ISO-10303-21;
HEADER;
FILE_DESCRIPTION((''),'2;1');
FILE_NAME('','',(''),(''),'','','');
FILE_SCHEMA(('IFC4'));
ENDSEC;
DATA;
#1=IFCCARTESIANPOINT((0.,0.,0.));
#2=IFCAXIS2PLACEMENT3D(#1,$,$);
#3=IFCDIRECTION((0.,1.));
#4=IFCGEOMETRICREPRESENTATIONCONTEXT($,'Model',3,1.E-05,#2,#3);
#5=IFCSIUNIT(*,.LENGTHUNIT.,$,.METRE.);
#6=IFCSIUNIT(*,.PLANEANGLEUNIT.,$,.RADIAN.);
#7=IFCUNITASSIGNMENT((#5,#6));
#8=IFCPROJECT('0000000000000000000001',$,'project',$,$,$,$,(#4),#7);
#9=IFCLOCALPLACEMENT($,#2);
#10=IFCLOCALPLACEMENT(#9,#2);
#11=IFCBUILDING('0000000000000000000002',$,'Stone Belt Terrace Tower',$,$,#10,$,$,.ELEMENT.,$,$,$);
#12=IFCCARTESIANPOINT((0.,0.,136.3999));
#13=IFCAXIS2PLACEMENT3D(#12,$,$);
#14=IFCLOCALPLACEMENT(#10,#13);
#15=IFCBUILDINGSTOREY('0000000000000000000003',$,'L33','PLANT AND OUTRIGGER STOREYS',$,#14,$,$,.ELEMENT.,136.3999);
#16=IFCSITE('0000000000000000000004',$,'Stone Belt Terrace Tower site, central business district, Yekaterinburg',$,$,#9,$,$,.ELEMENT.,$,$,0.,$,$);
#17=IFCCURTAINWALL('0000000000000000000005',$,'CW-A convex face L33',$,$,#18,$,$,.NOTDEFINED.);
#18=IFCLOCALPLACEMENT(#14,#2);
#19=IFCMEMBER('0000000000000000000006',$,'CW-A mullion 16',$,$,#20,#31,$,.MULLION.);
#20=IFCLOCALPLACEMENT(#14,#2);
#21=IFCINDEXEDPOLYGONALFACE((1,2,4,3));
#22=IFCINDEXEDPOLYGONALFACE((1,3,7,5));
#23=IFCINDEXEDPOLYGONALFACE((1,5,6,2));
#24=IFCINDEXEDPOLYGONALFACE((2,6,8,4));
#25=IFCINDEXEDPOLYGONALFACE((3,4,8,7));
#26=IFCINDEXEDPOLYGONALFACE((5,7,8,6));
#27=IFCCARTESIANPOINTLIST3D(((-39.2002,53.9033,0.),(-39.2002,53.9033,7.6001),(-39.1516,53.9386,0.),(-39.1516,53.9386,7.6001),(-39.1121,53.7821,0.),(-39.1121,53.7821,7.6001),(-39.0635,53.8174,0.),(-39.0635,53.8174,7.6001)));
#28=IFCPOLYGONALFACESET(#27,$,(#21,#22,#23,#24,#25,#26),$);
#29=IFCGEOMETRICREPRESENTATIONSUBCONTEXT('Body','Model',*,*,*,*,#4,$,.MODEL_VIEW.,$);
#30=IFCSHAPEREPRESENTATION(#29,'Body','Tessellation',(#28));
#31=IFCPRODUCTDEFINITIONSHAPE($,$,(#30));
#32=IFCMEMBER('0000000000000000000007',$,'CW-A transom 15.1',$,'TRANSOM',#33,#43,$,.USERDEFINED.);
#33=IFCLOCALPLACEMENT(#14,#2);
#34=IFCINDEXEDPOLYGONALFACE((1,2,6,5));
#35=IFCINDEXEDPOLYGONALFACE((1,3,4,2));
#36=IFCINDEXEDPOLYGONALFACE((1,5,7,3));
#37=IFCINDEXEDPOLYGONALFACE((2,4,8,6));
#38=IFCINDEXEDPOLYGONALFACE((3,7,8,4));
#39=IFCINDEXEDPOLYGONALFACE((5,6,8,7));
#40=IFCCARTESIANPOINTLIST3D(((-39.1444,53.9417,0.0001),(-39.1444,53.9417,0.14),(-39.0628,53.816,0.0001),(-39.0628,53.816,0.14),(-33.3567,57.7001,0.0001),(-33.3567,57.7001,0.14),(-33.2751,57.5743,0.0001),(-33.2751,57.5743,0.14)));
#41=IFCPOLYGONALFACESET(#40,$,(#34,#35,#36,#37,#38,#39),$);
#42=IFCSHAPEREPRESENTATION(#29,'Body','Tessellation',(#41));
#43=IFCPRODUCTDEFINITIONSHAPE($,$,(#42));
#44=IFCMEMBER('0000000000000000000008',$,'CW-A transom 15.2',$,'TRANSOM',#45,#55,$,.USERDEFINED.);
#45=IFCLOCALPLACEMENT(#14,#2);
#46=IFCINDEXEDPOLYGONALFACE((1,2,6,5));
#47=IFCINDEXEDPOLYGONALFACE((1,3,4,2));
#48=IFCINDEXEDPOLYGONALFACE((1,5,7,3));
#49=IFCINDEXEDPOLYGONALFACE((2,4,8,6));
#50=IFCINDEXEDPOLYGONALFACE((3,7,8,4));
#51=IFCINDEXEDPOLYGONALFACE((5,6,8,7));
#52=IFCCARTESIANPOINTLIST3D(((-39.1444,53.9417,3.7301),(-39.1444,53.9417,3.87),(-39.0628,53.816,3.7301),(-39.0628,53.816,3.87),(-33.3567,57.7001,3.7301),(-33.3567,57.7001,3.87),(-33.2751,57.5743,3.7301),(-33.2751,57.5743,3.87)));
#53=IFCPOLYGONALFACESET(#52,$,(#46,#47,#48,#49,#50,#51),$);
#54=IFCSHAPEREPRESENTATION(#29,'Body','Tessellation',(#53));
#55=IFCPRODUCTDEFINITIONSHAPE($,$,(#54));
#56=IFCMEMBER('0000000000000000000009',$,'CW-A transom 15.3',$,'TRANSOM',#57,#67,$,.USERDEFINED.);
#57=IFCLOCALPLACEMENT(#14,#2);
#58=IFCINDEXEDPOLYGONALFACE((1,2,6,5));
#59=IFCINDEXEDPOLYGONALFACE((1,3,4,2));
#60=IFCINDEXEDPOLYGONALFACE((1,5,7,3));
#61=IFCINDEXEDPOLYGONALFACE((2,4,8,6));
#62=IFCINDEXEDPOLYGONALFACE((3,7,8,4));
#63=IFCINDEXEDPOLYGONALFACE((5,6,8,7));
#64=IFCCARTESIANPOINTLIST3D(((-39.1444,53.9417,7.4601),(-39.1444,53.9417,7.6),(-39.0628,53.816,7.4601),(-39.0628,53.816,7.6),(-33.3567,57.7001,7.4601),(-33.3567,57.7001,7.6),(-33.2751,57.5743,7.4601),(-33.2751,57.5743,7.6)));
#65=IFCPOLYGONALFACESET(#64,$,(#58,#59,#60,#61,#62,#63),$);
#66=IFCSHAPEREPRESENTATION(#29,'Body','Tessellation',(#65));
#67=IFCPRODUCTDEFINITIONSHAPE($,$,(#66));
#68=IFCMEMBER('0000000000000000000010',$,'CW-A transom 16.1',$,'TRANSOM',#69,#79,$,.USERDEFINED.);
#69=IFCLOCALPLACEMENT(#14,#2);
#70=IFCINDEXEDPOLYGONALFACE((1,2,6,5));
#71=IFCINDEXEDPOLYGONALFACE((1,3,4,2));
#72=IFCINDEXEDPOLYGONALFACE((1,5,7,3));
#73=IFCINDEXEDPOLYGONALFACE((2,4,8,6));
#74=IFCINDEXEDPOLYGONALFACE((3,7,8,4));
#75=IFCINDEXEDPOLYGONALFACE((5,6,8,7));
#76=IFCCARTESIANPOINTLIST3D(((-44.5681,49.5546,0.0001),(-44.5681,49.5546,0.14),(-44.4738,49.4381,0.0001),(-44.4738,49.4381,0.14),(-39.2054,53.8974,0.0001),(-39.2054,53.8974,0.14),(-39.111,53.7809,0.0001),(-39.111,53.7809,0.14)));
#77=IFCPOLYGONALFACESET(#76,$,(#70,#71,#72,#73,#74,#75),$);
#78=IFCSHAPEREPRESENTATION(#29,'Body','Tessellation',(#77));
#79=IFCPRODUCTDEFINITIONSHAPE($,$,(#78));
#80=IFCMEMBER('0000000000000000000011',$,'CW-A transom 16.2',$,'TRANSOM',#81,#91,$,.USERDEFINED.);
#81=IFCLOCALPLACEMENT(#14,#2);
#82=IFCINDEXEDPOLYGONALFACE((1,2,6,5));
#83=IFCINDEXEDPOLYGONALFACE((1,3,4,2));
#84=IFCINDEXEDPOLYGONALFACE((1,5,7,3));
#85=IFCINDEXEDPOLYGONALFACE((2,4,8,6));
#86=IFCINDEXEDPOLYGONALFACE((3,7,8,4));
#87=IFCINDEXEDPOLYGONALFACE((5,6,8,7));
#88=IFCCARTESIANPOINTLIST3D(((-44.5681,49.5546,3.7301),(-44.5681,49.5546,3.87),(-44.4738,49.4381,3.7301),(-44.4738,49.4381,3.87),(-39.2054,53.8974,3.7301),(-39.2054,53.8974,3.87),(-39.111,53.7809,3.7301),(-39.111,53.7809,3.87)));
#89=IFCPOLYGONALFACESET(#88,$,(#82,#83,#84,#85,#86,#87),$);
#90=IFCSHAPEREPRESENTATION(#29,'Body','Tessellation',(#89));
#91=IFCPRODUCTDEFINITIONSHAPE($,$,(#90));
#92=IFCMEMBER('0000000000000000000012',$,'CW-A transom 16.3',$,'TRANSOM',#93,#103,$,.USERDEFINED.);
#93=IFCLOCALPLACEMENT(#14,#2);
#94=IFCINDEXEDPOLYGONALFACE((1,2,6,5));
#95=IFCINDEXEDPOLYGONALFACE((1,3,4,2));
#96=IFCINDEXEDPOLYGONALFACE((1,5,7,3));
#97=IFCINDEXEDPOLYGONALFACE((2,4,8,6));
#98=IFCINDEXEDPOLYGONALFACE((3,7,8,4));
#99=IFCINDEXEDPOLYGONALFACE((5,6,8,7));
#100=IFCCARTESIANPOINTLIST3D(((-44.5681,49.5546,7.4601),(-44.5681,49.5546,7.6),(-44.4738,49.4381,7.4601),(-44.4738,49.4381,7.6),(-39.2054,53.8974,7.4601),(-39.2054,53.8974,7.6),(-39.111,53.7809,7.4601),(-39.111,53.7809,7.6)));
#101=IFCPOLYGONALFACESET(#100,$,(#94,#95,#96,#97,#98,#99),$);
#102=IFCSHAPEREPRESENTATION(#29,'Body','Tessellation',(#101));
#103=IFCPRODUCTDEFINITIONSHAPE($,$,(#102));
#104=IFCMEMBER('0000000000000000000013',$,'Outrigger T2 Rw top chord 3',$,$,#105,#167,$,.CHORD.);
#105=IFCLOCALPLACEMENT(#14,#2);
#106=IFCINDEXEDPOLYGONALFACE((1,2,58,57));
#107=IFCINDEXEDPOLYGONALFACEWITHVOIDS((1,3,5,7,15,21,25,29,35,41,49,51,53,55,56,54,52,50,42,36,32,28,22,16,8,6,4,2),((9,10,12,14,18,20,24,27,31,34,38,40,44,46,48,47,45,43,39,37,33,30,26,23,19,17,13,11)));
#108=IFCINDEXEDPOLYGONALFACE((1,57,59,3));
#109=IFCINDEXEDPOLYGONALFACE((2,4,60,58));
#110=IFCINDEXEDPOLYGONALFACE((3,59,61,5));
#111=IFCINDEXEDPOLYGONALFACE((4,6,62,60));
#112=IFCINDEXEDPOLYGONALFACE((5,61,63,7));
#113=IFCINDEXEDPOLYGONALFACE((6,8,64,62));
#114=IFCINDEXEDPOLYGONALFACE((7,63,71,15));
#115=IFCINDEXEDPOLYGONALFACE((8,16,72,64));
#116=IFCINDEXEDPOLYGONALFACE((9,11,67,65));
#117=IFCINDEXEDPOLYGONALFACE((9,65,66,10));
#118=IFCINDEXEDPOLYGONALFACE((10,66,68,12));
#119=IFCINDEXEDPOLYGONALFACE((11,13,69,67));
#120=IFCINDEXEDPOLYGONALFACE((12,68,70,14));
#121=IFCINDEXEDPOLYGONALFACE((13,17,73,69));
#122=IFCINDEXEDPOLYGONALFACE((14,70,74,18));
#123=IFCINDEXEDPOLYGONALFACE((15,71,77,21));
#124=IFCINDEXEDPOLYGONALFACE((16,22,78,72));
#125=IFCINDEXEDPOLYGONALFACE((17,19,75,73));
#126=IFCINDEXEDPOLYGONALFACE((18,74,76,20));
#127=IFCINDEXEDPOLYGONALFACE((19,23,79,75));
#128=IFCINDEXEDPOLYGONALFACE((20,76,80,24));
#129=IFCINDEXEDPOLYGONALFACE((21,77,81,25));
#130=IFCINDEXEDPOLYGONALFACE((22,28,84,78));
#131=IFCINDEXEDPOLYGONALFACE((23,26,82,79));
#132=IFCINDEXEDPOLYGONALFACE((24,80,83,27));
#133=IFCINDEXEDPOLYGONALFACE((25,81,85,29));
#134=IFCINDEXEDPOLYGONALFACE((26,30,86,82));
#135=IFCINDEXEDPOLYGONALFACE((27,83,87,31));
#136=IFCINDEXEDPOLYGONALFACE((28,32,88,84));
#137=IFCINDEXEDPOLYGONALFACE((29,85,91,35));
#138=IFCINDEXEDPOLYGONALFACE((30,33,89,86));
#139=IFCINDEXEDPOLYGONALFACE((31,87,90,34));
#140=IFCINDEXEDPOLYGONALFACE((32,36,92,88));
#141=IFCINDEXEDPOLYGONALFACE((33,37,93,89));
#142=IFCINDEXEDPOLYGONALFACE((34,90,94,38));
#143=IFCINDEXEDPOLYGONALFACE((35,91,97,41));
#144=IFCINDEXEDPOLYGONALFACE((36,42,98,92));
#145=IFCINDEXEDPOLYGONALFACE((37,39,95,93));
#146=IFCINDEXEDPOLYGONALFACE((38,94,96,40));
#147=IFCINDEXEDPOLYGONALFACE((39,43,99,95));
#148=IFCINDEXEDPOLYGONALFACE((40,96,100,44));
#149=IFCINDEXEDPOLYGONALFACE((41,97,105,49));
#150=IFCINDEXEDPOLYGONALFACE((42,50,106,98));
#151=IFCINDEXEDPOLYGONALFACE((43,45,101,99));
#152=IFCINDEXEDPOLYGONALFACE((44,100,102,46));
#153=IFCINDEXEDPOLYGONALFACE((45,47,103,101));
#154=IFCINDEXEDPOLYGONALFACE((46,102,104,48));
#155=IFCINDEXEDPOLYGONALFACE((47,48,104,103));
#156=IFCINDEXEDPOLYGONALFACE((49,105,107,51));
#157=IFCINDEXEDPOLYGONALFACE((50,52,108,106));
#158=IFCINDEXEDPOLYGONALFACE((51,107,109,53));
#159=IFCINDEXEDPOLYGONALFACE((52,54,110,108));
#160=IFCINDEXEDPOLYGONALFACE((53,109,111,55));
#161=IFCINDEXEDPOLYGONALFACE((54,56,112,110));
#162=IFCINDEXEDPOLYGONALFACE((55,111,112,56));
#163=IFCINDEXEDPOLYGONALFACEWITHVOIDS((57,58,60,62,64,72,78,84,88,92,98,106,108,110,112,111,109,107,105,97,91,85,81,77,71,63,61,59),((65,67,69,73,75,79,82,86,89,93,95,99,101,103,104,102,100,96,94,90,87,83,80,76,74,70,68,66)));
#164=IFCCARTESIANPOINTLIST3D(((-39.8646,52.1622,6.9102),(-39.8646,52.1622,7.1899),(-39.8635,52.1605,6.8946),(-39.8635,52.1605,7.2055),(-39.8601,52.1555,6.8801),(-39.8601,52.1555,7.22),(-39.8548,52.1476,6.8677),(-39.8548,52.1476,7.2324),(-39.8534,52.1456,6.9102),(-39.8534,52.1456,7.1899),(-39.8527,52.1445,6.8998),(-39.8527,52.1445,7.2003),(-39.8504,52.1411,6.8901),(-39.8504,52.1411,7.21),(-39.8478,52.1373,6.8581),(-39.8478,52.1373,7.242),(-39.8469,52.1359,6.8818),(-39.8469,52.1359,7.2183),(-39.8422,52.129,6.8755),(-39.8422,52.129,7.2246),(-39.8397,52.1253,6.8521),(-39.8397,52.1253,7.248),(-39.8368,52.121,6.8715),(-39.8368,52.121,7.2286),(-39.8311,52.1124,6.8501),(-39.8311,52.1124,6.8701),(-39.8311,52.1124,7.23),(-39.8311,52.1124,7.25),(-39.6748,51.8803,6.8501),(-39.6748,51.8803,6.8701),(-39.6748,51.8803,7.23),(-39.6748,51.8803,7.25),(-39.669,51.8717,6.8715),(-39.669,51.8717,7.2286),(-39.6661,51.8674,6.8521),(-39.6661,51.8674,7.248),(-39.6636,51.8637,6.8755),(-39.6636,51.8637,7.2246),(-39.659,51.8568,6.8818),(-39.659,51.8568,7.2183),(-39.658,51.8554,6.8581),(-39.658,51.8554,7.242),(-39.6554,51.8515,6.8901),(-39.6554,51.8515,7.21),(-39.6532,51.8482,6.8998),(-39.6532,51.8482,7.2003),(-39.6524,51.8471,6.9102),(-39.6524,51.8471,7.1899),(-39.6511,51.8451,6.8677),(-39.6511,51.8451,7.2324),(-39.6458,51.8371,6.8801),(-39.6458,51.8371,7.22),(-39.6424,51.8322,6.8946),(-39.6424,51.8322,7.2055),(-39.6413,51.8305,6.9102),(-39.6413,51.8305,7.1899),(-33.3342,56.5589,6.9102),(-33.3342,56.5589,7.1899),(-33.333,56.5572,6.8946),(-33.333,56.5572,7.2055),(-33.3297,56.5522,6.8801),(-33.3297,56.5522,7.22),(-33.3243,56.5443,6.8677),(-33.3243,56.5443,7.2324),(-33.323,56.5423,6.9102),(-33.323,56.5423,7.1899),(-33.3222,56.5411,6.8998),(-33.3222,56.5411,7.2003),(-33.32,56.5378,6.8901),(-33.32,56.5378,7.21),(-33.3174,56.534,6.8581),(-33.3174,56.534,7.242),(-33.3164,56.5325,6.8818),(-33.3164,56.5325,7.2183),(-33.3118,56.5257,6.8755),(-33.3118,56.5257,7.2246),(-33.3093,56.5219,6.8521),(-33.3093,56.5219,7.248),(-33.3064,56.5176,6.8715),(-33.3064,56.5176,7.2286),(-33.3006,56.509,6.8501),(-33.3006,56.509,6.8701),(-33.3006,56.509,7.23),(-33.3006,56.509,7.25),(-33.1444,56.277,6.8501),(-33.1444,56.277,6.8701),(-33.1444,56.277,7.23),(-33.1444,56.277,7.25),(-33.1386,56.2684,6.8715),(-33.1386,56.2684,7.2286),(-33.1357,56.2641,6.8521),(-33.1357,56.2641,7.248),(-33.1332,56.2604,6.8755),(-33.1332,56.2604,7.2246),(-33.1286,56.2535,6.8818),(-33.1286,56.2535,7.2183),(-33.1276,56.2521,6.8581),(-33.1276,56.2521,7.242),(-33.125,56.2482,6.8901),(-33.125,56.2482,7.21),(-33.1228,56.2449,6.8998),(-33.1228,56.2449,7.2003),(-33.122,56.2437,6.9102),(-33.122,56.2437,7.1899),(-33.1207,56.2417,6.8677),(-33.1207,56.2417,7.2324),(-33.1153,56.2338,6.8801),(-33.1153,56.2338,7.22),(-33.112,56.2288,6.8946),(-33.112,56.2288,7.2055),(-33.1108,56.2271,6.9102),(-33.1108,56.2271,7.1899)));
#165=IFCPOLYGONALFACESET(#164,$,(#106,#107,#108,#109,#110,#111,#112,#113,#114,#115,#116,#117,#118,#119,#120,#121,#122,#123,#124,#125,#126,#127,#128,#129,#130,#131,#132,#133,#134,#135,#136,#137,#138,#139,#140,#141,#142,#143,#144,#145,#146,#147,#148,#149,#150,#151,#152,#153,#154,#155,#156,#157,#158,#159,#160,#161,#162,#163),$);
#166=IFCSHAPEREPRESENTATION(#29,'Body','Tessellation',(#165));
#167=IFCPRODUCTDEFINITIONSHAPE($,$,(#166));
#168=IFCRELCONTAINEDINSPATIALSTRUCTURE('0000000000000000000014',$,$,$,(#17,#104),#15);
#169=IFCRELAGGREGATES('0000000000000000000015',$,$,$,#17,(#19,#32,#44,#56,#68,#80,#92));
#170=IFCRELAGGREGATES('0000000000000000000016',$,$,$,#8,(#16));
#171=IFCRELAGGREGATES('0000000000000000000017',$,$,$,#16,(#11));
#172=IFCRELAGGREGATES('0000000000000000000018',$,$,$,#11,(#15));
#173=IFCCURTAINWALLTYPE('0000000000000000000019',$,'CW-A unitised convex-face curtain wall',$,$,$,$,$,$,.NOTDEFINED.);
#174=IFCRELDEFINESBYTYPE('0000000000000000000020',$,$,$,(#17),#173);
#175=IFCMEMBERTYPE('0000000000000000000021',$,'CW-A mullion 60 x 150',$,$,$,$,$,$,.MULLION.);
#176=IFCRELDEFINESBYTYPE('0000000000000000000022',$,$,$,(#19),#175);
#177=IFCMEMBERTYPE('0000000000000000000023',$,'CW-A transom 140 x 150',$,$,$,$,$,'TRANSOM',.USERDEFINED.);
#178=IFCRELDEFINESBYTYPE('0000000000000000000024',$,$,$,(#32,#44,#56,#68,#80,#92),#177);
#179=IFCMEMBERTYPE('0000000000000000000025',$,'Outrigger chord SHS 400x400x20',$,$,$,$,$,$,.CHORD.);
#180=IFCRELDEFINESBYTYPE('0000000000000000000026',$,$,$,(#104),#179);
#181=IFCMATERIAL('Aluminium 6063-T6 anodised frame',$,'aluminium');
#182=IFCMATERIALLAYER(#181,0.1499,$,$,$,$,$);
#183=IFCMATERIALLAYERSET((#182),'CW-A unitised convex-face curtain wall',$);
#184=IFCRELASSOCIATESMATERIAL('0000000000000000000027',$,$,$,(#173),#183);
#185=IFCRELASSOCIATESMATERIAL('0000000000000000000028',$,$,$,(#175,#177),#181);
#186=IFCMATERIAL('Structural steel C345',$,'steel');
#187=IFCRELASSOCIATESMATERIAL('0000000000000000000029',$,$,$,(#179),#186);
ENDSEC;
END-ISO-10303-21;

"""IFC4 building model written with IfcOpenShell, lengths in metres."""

from ifc_helpers import new_model, si_unit, direction, frame, origin, origin_2d, place, context, subcontext, project, spatial, rectangle, hollow_rectangle, extrude, material, layer, layer_set, material_profile, profile_set, type_object, element, aggregate, save


model = new_model("IFC4")

# Units and contexts
model_context = context("Model", 3, precision=1e-05, world=origin(), true_north=direction((0.0, 1.0)))
body_context = subcontext(model_context, "Body", "Model", "MODEL_VIEW")
ifc_project = project(units=[si_unit("LENGTHUNIT", "METRE"), si_unit("PLANEANGLEUNIT", "RADIAN")], contexts=[model_context])

# Site, building, storey
site_placement = place(None, origin())
site = spatial("IfcSite", under=ifc_project, at=site_placement, Name="Stone Belt Terrace Tower site, central business district, Yekaterinburg", CompositionType="ELEMENT", RefElevation=0.0)
building_placement = place(site_placement, origin())
building = spatial("IfcBuilding", under=site, at=building_placement, Name="Stone Belt Terrace Tower", CompositionType="ELEMENT")
storey_placement = place(building_placement, frame((0.0, 0.0, 136.3999)))
storey = spatial("IfcBuildingStorey", under=building, at=storey_placement, Name="L33", Description="PLANT AND OUTRIGGER STOREYS", CompositionType="ELEMENT", Elevation=136.3999)

# Curtain wall, members
ifc_material_1 = material(Name="Aluminium 6063-T6 anodised frame", Category="aluminium")
ifc_layer_1 = layer(ifc_material_1, 0.1499)
ifc_layer_set_1 = layer_set([ifc_layer_1], Name="CW-A unitised convex-face curtain wall")
curtain_wall_type = type_object("IfcCurtainWallType", Name="CW-A unitised convex-face curtain wall", PredefinedType="NOTDEFINED", material=ifc_layer_set_1)
curtain_wall_placement = place(storey_placement, origin())
curtain_wall = element("IfcCurtainWall", 1, at=curtain_wall_placement, inside=storey, type_object=curtain_wall_type, Name="CW-A convex face L33", PredefinedType="NOTDEFINED")
ifc_material_profile_1 = material_profile(ifc_material_1, rectangle(XDim=0.1499, YDim=0.0601, at=origin_2d()), Name="Aluminium 6063-T6 60x150")
ifc_profile_set_1 = profile_set([ifc_material_profile_1], Name="Aluminium 6063-T6 anodised frame")
member_type_1 = type_object("IfcMemberType", Name="CW-A mullion 60 x 150", PredefinedType="MULLION", material=ifc_profile_set_1)
member_1_placement = place(storey_placement, frame((-39.1318, 53.8604, 0.0), z_axis=(0.0, 0.0, 1.0), x_axis=(0.587785, -0.809017, 0.0)))
member_1 = element("IfcMember", 2, at=member_1_placement, type_object=member_type_1, Name="CW-A mullion 16", PredefinedType="MULLION", context=body_context, shape_type="SweptSolid", body=[
    extrude(rectangle(XDim=0.1499, YDim=0.0601, at=origin_2d()), origin(), (0.0, 0.0, 1.0), 7.6001),
])
ifc_material_profile_2 = material_profile(ifc_material_1, rectangle(XDim=0.1499, YDim=0.1399, at=origin_2d()), Name="Aluminium 6063-T6 150x140")
ifc_profile_set_2 = profile_set([ifc_material_profile_2], Name="Aluminium 6063-T6 anodised frame")
member_type_2 = type_object("IfcMemberType", Name="CW-A transom 140 x 150", ElementType="TRANSOM", PredefinedType="USERDEFINED", material=ifc_profile_set_2)
member_2_placement = place(storey_placement, frame((-33.3159, 57.6372, 0.0701), z_axis=(-0.838684, -0.544618, 0.0), x_axis=(0.544618, -0.838684, 0.0)))
member_2 = element("IfcMember", 3, at=member_2_placement, type_object=member_type_2, Name="CW-A transom 15.1", ObjectType="TRANSOM", PredefinedType="USERDEFINED", context=body_context, shape_type="SweptSolid", body=[
    extrude(rectangle(XDim=0.1499, YDim=0.1399, at=origin_2d()), origin(), (0.0, 0.0, 1.0), 6.9009),
])
member_3_placement = place(storey_placement, frame((-33.3159, 57.6372, 3.8), z_axis=(-0.838684, -0.544618, 0.0), x_axis=(0.544618, -0.838684, 0.0)))
member_3 = element("IfcMember", 4, at=member_3_placement, type_object=member_type_2, Name="CW-A transom 15.2", ObjectType="TRANSOM", PredefinedType="USERDEFINED", context=body_context, shape_type="SweptSolid", body=[
    extrude(rectangle(XDim=0.1499, YDim=0.1399, at=origin_2d()), origin(), (0.0, 0.0, 1.0), 6.9009),
])
member_4_placement = place(storey_placement, frame((-33.3159, 57.6372, 7.53), z_axis=(-0.838684, -0.544618, 0.0), x_axis=(0.544618, -0.838684, 0.0)))
member_4 = element("IfcMember", 5, at=member_4_placement, type_object=member_type_2, Name="CW-A transom 15.3", ObjectType="TRANSOM", PredefinedType="USERDEFINED", context=body_context, shape_type="SweptSolid", body=[
    extrude(rectangle(XDim=0.1499, YDim=0.1399, at=origin_2d()), origin(), (0.0, 0.0, 1.0), 6.9009),
])
member_5_placement = place(storey_placement, frame((-39.1582, 53.8391, 0.0701), z_axis=(-0.777141, -0.629326, 0.0), x_axis=(0.629326, -0.777141, 0.0)))
member_5 = element("IfcMember", 6, at=member_5_placement, type_object=member_type_2, Name="CW-A transom 16.1", ObjectType="TRANSOM", PredefinedType="USERDEFINED", context=body_context, shape_type="SweptSolid", body=[
    extrude(rectangle(XDim=0.1499, YDim=0.1399, at=origin_2d()), origin(), (0.0, 0.0, 1.0), 6.9006),
])
member_6_placement = place(storey_placement, frame((-39.1582, 53.8391, 3.8), z_axis=(-0.777141, -0.629326, 0.0), x_axis=(0.629326, -0.777141, 0.0)))
member_6 = element("IfcMember", 7, at=member_6_placement, type_object=member_type_2, Name="CW-A transom 16.2", ObjectType="TRANSOM", PredefinedType="USERDEFINED", context=body_context, shape_type="SweptSolid", body=[
    extrude(rectangle(XDim=0.1499, YDim=0.1399, at=origin_2d()), origin(), (0.0, 0.0, 1.0), 6.9006),
])
member_7_placement = place(storey_placement, frame((-39.1582, 53.8391, 7.53), z_axis=(-0.777141, -0.629326, 0.0), x_axis=(0.629326, -0.777141, 0.0)))
member_7 = element("IfcMember", 8, at=member_7_placement, type_object=member_type_2, Name="CW-A transom 16.3", ObjectType="TRANSOM", PredefinedType="USERDEFINED", context=body_context, shape_type="SweptSolid", body=[
    extrude(rectangle(XDim=0.1499, YDim=0.1399, at=origin_2d()), origin(), (0.0, 0.0, 1.0), 6.9006),
])

# Member
ifc_material_2 = material(Name="Structural steel C345", Category="steel")
ifc_material_profile_3 = material_profile(ifc_material_2, hollow_rectangle(XDim=0.3999, YDim=0.3999, WallThickness=0.02, InnerFilletRadius=0.04, OuterFilletRadius=0.0601, at=origin_2d()), Name="SHS 400x400x20")
ifc_profile_set_3 = profile_set([ifc_material_profile_3], Name="Structural steel C345")
member_type_3 = type_object("IfcMemberType", Name="Outrigger chord SHS 400x400x20", PredefinedType="CHORD", material=ifc_profile_set_3)
for number, where, z_axis, x_axis, name in (
    (9, (-39.7529, 51.9963, 7.05), (0.829518, 0.55848, 0.0), (-0.55848, 0.829518, 0.0), "Outrigger T2 Rw top chord 3"),
):
    element("IfcMember", number, at=place(storey_placement, frame(where, z_axis=z_axis, x_axis=x_axis)), inside=storey, type_object=member_type_3, Name=name, PredefinedType="CHORD", context=body_context, shape_type="SweptSolid", body=[
        extrude(hollow_rectangle(XDim=0.3999, YDim=0.3999, WallThickness=0.02, InnerFilletRadius=0.04, OuterFilletRadius=0.0601, at=origin_2d()), origin(), (0.0, 0.0, 1.0), 7.8726),
    ])

aggregate(curtain_wall, [member_1, member_2, member_3, member_4, member_5, member_6, member_7])

save(model, "model.ifc")
